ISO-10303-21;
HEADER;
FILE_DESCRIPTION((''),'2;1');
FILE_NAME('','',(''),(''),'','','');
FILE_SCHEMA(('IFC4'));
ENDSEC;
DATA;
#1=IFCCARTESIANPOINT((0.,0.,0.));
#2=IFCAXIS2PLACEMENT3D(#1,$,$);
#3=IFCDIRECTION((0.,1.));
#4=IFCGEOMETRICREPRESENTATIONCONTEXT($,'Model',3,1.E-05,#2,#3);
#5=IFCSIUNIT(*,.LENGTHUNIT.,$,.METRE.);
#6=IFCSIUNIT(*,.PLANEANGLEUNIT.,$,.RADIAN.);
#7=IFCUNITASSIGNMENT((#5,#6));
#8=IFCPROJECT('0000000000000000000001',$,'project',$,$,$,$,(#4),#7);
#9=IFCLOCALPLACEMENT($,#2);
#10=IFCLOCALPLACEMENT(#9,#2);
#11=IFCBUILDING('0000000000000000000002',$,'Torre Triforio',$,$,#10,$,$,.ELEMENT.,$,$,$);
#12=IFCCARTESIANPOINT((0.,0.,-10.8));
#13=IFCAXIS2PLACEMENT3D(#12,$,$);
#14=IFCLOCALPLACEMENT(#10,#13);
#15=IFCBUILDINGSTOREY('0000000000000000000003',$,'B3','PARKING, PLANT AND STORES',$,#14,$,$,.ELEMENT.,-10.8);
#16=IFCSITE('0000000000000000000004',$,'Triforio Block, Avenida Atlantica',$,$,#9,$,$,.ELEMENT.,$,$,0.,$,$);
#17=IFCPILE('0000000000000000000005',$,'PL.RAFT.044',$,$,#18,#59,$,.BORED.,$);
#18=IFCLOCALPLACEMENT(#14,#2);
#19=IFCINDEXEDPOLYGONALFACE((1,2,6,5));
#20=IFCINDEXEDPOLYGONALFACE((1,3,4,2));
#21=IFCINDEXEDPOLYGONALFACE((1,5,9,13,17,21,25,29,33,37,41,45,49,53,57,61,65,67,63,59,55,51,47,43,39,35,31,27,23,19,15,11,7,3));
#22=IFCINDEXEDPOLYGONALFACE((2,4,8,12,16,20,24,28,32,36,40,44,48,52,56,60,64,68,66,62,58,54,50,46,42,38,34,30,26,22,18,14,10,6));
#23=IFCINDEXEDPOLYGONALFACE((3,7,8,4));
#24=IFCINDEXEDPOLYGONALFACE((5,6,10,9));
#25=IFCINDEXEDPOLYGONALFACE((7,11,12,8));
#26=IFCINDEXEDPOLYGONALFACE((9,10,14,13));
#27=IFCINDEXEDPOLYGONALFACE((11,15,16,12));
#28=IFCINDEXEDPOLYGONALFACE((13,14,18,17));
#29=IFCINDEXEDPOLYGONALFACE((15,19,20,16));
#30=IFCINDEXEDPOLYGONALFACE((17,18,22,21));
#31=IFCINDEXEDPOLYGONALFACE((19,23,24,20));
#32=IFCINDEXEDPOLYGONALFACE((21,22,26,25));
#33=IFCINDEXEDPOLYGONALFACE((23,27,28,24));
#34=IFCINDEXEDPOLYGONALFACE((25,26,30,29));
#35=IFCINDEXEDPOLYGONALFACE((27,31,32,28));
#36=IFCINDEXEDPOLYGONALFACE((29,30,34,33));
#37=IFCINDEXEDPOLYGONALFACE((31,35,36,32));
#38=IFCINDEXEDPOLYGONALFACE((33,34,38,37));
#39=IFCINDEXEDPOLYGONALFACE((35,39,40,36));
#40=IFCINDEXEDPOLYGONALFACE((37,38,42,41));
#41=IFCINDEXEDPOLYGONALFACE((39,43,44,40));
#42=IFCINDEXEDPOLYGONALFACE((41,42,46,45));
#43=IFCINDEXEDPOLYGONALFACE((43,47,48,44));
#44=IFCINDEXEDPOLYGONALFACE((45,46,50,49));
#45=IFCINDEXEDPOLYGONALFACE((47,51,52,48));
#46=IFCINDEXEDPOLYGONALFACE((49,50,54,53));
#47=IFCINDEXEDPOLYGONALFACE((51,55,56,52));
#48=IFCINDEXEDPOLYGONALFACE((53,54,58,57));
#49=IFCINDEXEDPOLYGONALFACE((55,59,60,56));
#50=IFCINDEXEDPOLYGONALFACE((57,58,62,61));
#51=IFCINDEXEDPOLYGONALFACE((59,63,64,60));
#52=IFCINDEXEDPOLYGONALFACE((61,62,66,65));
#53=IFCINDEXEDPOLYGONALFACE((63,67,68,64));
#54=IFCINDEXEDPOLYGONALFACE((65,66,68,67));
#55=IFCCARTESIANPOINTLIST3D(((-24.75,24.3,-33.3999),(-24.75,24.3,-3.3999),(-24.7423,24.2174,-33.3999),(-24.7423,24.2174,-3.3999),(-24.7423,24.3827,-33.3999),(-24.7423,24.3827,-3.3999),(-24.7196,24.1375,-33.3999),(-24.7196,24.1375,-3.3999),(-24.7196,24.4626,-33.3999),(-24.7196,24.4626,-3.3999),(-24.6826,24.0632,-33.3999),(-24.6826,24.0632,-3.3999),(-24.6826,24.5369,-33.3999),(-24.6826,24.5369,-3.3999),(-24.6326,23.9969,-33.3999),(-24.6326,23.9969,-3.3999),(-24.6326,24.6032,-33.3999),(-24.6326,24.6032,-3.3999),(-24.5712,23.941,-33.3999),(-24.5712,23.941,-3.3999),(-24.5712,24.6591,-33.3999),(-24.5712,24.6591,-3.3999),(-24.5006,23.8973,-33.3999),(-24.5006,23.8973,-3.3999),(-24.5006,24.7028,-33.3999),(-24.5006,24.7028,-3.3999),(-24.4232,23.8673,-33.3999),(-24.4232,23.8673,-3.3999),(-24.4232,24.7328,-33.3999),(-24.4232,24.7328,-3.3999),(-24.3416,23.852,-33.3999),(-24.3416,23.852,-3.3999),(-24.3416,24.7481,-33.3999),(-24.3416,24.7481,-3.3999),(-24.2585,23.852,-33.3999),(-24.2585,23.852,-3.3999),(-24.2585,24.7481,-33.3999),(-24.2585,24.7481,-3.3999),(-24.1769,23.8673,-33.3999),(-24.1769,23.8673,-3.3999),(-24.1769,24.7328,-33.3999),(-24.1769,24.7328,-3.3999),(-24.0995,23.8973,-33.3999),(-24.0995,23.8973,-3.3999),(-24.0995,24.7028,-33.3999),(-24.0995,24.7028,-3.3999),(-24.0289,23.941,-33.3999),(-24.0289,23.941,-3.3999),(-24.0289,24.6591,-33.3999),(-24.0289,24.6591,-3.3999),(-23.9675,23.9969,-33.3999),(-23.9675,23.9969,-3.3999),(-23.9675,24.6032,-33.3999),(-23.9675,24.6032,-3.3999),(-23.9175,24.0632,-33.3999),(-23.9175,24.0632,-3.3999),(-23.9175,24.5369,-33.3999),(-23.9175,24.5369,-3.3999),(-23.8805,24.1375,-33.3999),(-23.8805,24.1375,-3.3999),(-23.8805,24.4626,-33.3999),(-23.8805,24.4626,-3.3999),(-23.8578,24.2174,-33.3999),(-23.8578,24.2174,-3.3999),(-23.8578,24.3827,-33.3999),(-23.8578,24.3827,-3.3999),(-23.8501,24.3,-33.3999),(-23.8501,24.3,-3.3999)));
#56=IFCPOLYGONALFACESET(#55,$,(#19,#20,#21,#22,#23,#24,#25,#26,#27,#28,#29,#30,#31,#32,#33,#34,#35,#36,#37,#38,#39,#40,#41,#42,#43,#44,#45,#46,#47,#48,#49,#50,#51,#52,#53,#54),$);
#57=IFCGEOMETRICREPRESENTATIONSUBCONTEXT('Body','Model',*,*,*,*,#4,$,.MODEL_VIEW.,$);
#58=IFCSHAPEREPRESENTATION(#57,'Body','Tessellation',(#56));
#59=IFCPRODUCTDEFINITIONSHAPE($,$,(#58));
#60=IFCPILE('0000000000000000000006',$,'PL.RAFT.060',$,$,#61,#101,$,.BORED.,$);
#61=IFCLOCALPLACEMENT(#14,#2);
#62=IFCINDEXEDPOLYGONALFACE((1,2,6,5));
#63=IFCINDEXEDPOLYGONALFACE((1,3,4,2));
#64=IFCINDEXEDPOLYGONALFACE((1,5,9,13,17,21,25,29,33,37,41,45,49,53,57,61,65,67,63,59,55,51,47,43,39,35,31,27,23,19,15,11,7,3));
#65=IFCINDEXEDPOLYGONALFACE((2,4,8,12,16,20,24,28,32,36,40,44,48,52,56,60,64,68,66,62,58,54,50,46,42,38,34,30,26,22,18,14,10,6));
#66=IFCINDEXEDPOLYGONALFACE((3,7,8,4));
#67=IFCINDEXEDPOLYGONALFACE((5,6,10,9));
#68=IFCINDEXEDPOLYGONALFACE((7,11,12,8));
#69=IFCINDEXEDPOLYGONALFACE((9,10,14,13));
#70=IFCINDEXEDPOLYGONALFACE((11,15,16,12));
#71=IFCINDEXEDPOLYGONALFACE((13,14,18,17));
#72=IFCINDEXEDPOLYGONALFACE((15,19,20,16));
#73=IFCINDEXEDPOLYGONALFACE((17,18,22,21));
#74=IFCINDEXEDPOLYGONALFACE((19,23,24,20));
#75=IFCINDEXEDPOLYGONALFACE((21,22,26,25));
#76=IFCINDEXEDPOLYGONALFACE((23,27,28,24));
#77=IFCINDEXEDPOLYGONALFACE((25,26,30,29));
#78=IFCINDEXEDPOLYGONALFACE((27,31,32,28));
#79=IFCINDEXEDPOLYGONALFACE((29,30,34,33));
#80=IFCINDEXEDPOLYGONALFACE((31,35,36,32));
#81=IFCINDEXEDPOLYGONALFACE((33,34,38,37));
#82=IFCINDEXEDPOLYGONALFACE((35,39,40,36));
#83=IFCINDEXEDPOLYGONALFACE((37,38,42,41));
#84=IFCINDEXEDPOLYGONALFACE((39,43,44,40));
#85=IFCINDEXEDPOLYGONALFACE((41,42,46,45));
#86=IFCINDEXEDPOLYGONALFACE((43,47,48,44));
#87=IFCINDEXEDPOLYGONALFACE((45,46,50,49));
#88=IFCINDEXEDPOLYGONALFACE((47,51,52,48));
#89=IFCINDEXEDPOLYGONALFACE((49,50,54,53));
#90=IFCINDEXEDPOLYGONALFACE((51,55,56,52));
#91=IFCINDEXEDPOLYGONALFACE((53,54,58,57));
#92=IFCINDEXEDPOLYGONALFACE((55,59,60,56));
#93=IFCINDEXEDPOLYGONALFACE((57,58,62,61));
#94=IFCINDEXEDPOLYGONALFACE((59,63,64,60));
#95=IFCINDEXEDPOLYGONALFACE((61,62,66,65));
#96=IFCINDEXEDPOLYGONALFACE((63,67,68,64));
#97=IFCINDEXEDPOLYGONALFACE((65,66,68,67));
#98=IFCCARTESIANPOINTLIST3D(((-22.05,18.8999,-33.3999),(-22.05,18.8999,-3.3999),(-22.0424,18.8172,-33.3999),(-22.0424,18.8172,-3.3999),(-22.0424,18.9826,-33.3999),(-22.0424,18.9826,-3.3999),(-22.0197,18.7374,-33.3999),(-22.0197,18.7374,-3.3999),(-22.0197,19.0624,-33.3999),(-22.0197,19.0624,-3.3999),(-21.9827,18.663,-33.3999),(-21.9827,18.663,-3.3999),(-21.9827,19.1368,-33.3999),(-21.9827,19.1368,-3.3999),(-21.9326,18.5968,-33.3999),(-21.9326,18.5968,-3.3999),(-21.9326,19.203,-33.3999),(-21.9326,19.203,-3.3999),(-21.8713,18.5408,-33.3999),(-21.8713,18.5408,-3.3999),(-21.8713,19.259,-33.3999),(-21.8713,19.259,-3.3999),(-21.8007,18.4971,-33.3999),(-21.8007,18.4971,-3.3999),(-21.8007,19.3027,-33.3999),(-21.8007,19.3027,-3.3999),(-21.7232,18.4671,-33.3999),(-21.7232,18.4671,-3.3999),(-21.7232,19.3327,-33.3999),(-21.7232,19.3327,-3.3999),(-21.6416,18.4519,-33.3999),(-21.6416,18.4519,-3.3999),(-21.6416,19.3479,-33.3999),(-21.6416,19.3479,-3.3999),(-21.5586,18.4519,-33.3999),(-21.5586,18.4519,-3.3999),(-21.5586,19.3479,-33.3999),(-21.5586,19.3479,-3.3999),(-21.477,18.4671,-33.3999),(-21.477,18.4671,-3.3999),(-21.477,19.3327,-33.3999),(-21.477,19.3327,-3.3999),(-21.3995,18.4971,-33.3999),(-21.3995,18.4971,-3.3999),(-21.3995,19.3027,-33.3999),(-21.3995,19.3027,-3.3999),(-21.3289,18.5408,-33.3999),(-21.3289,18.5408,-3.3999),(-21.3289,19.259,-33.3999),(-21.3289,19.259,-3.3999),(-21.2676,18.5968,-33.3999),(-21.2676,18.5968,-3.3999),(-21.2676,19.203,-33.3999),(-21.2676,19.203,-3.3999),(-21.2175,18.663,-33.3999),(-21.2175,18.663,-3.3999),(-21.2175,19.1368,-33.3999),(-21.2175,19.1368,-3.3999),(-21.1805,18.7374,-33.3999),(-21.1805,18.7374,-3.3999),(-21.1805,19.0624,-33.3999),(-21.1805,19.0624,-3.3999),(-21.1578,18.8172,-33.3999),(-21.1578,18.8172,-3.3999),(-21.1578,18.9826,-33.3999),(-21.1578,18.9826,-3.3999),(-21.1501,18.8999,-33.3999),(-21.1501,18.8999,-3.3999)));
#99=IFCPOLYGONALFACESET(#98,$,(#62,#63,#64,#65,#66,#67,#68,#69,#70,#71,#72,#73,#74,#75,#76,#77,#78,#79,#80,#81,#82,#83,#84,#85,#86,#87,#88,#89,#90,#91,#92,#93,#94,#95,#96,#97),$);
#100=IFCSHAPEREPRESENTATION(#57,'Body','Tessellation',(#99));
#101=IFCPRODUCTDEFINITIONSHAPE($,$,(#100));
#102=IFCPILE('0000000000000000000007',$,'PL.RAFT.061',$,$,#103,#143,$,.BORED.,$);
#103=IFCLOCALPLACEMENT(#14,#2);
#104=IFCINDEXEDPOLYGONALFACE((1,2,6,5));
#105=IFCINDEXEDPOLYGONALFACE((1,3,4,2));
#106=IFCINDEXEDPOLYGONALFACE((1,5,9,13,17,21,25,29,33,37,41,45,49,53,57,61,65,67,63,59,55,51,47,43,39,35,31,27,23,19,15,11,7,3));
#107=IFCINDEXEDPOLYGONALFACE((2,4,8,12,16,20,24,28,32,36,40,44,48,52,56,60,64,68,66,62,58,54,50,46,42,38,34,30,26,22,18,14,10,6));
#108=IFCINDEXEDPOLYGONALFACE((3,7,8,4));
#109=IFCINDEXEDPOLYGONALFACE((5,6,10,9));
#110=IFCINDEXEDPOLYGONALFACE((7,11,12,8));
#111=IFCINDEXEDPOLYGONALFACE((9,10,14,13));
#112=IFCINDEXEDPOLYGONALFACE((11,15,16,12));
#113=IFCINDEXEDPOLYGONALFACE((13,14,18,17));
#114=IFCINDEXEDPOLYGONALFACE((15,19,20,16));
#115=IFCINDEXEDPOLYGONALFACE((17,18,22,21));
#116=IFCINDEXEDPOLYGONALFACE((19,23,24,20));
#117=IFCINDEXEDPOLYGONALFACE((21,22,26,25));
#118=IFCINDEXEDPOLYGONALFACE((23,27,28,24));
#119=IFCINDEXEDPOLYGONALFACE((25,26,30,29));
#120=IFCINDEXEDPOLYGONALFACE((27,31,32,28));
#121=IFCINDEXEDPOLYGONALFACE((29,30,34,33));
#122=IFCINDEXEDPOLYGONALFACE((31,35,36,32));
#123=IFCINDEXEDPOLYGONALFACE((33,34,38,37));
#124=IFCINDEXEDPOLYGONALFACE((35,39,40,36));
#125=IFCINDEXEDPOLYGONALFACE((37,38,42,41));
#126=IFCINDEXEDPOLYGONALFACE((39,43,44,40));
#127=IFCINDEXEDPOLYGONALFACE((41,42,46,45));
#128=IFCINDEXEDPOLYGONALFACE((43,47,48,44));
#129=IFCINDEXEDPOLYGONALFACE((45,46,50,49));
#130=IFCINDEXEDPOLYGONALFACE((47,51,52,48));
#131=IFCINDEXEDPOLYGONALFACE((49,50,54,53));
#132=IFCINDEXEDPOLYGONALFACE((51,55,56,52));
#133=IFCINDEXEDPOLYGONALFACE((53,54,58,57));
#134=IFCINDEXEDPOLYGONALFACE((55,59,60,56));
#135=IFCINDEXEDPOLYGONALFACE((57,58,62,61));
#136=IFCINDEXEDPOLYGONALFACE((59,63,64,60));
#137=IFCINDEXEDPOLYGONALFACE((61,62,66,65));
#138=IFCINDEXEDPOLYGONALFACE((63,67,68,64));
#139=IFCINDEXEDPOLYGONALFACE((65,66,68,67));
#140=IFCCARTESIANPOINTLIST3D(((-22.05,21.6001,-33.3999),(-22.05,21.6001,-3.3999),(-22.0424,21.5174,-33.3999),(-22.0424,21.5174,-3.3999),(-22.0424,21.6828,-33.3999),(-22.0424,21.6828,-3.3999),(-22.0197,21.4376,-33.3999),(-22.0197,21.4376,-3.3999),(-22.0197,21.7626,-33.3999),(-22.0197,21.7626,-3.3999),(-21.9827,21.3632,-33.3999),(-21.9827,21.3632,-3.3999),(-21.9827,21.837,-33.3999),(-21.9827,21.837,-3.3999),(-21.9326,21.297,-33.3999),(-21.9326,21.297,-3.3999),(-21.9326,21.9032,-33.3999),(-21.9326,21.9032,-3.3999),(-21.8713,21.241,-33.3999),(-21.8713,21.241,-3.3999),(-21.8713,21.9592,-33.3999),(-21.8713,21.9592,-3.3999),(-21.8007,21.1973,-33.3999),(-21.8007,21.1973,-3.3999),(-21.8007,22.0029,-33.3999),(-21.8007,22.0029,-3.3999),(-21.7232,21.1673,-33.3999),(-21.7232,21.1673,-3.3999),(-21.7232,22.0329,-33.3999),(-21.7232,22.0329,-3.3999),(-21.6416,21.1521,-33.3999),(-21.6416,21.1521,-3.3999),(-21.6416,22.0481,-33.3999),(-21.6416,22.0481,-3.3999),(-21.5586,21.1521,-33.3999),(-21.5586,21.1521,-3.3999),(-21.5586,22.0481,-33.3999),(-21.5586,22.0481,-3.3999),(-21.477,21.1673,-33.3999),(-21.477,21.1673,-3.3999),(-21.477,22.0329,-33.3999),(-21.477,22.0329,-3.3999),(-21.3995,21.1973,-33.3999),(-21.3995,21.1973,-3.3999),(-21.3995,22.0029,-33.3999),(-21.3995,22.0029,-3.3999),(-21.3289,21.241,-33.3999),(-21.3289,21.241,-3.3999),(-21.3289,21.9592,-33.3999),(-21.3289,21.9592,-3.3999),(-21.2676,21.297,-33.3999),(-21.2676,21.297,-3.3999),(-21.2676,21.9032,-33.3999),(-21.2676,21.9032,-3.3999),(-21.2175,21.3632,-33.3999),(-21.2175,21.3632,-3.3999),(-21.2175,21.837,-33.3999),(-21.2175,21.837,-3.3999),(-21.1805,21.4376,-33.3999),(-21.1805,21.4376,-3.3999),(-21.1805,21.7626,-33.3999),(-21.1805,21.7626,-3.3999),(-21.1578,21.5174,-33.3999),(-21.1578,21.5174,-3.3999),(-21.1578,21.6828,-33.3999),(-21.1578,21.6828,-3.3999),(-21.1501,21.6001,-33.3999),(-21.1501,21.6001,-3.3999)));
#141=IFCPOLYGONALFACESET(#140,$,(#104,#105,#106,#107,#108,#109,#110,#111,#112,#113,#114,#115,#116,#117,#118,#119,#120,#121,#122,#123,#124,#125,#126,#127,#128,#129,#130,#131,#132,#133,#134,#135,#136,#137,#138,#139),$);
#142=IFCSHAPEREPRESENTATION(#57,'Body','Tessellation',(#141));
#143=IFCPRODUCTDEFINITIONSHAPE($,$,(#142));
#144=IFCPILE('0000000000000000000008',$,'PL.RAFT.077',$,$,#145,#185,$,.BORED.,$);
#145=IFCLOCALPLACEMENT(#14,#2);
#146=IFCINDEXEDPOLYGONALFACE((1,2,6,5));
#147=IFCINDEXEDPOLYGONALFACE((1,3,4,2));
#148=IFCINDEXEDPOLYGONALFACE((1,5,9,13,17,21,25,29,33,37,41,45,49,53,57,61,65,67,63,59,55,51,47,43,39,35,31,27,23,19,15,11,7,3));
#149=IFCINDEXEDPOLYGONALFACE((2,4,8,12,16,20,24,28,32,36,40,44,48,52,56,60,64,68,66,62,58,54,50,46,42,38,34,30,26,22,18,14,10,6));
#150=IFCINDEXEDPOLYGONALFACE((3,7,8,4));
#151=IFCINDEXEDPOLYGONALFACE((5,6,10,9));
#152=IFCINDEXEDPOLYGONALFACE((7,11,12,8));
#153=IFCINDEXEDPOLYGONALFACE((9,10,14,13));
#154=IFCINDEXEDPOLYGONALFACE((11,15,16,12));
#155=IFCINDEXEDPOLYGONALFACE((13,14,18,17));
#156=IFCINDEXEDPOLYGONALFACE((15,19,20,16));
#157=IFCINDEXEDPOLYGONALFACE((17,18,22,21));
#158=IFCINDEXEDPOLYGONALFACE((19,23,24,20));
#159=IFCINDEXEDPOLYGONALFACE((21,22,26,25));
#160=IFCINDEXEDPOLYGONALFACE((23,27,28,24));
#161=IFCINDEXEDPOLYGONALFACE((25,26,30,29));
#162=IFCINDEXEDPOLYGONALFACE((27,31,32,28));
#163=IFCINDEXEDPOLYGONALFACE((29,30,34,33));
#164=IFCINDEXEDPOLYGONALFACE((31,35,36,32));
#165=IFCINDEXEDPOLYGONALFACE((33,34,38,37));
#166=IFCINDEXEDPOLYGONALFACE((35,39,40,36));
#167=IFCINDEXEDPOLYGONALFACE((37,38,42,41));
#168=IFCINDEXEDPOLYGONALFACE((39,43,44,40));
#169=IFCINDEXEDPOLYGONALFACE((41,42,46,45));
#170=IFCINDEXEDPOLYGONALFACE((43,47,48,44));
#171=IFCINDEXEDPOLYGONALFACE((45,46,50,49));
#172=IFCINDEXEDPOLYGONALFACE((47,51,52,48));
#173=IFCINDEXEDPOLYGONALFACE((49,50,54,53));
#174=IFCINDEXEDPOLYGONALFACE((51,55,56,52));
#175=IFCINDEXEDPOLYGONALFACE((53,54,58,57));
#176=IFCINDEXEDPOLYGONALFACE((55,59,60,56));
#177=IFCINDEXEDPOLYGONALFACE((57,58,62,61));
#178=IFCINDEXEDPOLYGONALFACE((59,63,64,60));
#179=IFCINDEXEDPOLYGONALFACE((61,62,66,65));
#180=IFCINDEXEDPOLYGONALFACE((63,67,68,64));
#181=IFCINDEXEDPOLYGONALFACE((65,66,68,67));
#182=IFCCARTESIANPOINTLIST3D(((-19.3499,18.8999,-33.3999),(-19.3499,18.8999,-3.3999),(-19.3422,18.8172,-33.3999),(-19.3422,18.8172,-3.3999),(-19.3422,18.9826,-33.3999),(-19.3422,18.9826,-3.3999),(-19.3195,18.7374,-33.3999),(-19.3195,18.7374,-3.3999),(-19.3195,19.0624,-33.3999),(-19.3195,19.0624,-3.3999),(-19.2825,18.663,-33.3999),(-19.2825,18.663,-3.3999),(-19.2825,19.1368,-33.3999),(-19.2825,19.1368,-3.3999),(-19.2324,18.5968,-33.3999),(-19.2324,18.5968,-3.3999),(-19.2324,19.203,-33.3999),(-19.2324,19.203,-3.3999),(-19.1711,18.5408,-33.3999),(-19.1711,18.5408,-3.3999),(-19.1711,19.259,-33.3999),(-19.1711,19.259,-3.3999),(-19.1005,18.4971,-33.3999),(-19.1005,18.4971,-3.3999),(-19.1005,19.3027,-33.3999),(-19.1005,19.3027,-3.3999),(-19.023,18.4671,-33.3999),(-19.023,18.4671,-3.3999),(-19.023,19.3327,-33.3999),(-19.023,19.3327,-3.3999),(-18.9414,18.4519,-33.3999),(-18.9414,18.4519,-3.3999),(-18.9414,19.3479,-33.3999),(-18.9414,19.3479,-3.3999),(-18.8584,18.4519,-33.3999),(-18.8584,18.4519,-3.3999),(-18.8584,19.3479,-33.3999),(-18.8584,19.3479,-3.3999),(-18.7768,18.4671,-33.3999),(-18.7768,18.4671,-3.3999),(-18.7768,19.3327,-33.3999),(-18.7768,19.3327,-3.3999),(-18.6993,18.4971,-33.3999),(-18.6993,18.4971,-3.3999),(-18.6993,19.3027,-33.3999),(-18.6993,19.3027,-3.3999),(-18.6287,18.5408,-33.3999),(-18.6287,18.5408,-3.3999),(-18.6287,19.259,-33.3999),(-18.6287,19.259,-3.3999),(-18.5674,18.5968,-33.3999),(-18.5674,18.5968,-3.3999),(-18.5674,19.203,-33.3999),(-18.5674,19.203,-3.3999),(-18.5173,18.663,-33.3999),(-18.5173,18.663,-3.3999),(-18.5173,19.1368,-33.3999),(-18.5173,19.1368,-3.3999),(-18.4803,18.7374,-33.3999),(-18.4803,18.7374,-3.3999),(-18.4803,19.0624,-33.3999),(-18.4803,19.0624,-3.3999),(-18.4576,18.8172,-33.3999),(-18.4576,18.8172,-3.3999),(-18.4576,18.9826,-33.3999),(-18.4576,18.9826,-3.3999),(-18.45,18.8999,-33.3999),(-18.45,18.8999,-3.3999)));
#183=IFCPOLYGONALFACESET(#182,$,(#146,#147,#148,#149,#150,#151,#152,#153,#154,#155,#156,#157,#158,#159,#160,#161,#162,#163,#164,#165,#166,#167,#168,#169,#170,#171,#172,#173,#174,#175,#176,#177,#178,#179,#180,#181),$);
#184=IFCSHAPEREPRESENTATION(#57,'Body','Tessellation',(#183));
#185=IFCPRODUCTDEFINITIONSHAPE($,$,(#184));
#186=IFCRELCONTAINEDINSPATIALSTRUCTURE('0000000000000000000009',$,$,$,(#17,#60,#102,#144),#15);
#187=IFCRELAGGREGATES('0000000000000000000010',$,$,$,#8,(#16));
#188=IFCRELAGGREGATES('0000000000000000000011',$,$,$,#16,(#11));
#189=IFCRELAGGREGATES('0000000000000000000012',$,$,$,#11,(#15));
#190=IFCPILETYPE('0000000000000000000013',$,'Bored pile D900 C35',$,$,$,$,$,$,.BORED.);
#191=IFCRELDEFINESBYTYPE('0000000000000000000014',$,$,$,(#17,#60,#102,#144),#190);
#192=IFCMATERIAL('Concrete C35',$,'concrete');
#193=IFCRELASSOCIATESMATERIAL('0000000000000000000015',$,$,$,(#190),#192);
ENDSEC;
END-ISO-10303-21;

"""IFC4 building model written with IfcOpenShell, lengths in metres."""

from ifc_helpers import new_model, si_unit, direction, frame, origin, origin_2d, place, context, subcontext, project, spatial, circle, extrude, material, material_profile, profile_set, type_object, element, save


model = new_model("IFC4")

# Units and contexts
model_context = context("Model", 3, precision=1e-05, world=origin(), true_north=direction((0.0, 1.0)))
body_context = subcontext(model_context, "Body", "Model", "MODEL_VIEW")
ifc_project = project(units=[si_unit("LENGTHUNIT", "METRE"), si_unit("PLANEANGLEUNIT", "RADIAN")], contexts=[model_context])

# Site, building, storey
site_placement = place(None, origin())
site = spatial("IfcSite", under=ifc_project, at=site_placement, Name="Triforio Block, Avenida Atlantica", CompositionType="ELEMENT", RefElevation=0.0)
building_placement = place(site_placement, origin())
building = spatial("IfcBuilding", under=site, at=building_placement, Name="Torre Triforio", CompositionType="ELEMENT")
storey_placement = place(building_placement, frame((0.0, 0.0, -10.8)))
storey = spatial("IfcBuildingStorey", under=building, at=storey_placement, Name="B3", Description="PARKING, PLANT AND STORES", CompositionType="ELEMENT", Elevation=-10.8)

# Piles
ifc_material_1 = material(Name="Concrete C35", Category="concrete")
ifc_material_profile_1 = material_profile(ifc_material_1, circle(Radius=0.45, at=origin_2d()), Name="RC D900")
ifc_profile_set_1 = profile_set([ifc_material_profile_1], Name="Concrete C35")
pile_type = type_object("IfcPileType", Name="Bored pile D900 C35", PredefinedType="BORED", material=ifc_profile_set_1)
for number, where, z_axis, x_axis, name in (
    (1, (-24.3, 24.3, -3.3999), (0.0, 0.0, -1.0), (1.0, 0.0, 0.0), "PL.RAFT.044"),
    (2, (-21.6001, 18.8999, -3.3999), (0.0, 0.0, -1.0), (1.0, 0.0, 0.0), "PL.RAFT.060"),
    (3, (-21.6001, 21.6001, -3.3999), (0.0, 0.0, -1.0), (1.0, 0.0, 0.0), "PL.RAFT.061"),
    (4, (-18.8999, 18.8999, -3.3999), (0.0, 0.0, -1.0), (1.0, 0.0, 0.0), "PL.RAFT.077"),
):
    element("IfcPile", number, at=place(storey_placement, frame(where, z_axis=z_axis, x_axis=x_axis)), inside=storey, type_object=pile_type, Name=name, PredefinedType="BORED", context=body_context, shape_type="SweptSolid", body=[
        extrude(circle(Radius=0.45, at=origin_2d()), origin(), (0.0, 0.0, 1.0), 30.0),
    ])

save(model, "model.ifc")
